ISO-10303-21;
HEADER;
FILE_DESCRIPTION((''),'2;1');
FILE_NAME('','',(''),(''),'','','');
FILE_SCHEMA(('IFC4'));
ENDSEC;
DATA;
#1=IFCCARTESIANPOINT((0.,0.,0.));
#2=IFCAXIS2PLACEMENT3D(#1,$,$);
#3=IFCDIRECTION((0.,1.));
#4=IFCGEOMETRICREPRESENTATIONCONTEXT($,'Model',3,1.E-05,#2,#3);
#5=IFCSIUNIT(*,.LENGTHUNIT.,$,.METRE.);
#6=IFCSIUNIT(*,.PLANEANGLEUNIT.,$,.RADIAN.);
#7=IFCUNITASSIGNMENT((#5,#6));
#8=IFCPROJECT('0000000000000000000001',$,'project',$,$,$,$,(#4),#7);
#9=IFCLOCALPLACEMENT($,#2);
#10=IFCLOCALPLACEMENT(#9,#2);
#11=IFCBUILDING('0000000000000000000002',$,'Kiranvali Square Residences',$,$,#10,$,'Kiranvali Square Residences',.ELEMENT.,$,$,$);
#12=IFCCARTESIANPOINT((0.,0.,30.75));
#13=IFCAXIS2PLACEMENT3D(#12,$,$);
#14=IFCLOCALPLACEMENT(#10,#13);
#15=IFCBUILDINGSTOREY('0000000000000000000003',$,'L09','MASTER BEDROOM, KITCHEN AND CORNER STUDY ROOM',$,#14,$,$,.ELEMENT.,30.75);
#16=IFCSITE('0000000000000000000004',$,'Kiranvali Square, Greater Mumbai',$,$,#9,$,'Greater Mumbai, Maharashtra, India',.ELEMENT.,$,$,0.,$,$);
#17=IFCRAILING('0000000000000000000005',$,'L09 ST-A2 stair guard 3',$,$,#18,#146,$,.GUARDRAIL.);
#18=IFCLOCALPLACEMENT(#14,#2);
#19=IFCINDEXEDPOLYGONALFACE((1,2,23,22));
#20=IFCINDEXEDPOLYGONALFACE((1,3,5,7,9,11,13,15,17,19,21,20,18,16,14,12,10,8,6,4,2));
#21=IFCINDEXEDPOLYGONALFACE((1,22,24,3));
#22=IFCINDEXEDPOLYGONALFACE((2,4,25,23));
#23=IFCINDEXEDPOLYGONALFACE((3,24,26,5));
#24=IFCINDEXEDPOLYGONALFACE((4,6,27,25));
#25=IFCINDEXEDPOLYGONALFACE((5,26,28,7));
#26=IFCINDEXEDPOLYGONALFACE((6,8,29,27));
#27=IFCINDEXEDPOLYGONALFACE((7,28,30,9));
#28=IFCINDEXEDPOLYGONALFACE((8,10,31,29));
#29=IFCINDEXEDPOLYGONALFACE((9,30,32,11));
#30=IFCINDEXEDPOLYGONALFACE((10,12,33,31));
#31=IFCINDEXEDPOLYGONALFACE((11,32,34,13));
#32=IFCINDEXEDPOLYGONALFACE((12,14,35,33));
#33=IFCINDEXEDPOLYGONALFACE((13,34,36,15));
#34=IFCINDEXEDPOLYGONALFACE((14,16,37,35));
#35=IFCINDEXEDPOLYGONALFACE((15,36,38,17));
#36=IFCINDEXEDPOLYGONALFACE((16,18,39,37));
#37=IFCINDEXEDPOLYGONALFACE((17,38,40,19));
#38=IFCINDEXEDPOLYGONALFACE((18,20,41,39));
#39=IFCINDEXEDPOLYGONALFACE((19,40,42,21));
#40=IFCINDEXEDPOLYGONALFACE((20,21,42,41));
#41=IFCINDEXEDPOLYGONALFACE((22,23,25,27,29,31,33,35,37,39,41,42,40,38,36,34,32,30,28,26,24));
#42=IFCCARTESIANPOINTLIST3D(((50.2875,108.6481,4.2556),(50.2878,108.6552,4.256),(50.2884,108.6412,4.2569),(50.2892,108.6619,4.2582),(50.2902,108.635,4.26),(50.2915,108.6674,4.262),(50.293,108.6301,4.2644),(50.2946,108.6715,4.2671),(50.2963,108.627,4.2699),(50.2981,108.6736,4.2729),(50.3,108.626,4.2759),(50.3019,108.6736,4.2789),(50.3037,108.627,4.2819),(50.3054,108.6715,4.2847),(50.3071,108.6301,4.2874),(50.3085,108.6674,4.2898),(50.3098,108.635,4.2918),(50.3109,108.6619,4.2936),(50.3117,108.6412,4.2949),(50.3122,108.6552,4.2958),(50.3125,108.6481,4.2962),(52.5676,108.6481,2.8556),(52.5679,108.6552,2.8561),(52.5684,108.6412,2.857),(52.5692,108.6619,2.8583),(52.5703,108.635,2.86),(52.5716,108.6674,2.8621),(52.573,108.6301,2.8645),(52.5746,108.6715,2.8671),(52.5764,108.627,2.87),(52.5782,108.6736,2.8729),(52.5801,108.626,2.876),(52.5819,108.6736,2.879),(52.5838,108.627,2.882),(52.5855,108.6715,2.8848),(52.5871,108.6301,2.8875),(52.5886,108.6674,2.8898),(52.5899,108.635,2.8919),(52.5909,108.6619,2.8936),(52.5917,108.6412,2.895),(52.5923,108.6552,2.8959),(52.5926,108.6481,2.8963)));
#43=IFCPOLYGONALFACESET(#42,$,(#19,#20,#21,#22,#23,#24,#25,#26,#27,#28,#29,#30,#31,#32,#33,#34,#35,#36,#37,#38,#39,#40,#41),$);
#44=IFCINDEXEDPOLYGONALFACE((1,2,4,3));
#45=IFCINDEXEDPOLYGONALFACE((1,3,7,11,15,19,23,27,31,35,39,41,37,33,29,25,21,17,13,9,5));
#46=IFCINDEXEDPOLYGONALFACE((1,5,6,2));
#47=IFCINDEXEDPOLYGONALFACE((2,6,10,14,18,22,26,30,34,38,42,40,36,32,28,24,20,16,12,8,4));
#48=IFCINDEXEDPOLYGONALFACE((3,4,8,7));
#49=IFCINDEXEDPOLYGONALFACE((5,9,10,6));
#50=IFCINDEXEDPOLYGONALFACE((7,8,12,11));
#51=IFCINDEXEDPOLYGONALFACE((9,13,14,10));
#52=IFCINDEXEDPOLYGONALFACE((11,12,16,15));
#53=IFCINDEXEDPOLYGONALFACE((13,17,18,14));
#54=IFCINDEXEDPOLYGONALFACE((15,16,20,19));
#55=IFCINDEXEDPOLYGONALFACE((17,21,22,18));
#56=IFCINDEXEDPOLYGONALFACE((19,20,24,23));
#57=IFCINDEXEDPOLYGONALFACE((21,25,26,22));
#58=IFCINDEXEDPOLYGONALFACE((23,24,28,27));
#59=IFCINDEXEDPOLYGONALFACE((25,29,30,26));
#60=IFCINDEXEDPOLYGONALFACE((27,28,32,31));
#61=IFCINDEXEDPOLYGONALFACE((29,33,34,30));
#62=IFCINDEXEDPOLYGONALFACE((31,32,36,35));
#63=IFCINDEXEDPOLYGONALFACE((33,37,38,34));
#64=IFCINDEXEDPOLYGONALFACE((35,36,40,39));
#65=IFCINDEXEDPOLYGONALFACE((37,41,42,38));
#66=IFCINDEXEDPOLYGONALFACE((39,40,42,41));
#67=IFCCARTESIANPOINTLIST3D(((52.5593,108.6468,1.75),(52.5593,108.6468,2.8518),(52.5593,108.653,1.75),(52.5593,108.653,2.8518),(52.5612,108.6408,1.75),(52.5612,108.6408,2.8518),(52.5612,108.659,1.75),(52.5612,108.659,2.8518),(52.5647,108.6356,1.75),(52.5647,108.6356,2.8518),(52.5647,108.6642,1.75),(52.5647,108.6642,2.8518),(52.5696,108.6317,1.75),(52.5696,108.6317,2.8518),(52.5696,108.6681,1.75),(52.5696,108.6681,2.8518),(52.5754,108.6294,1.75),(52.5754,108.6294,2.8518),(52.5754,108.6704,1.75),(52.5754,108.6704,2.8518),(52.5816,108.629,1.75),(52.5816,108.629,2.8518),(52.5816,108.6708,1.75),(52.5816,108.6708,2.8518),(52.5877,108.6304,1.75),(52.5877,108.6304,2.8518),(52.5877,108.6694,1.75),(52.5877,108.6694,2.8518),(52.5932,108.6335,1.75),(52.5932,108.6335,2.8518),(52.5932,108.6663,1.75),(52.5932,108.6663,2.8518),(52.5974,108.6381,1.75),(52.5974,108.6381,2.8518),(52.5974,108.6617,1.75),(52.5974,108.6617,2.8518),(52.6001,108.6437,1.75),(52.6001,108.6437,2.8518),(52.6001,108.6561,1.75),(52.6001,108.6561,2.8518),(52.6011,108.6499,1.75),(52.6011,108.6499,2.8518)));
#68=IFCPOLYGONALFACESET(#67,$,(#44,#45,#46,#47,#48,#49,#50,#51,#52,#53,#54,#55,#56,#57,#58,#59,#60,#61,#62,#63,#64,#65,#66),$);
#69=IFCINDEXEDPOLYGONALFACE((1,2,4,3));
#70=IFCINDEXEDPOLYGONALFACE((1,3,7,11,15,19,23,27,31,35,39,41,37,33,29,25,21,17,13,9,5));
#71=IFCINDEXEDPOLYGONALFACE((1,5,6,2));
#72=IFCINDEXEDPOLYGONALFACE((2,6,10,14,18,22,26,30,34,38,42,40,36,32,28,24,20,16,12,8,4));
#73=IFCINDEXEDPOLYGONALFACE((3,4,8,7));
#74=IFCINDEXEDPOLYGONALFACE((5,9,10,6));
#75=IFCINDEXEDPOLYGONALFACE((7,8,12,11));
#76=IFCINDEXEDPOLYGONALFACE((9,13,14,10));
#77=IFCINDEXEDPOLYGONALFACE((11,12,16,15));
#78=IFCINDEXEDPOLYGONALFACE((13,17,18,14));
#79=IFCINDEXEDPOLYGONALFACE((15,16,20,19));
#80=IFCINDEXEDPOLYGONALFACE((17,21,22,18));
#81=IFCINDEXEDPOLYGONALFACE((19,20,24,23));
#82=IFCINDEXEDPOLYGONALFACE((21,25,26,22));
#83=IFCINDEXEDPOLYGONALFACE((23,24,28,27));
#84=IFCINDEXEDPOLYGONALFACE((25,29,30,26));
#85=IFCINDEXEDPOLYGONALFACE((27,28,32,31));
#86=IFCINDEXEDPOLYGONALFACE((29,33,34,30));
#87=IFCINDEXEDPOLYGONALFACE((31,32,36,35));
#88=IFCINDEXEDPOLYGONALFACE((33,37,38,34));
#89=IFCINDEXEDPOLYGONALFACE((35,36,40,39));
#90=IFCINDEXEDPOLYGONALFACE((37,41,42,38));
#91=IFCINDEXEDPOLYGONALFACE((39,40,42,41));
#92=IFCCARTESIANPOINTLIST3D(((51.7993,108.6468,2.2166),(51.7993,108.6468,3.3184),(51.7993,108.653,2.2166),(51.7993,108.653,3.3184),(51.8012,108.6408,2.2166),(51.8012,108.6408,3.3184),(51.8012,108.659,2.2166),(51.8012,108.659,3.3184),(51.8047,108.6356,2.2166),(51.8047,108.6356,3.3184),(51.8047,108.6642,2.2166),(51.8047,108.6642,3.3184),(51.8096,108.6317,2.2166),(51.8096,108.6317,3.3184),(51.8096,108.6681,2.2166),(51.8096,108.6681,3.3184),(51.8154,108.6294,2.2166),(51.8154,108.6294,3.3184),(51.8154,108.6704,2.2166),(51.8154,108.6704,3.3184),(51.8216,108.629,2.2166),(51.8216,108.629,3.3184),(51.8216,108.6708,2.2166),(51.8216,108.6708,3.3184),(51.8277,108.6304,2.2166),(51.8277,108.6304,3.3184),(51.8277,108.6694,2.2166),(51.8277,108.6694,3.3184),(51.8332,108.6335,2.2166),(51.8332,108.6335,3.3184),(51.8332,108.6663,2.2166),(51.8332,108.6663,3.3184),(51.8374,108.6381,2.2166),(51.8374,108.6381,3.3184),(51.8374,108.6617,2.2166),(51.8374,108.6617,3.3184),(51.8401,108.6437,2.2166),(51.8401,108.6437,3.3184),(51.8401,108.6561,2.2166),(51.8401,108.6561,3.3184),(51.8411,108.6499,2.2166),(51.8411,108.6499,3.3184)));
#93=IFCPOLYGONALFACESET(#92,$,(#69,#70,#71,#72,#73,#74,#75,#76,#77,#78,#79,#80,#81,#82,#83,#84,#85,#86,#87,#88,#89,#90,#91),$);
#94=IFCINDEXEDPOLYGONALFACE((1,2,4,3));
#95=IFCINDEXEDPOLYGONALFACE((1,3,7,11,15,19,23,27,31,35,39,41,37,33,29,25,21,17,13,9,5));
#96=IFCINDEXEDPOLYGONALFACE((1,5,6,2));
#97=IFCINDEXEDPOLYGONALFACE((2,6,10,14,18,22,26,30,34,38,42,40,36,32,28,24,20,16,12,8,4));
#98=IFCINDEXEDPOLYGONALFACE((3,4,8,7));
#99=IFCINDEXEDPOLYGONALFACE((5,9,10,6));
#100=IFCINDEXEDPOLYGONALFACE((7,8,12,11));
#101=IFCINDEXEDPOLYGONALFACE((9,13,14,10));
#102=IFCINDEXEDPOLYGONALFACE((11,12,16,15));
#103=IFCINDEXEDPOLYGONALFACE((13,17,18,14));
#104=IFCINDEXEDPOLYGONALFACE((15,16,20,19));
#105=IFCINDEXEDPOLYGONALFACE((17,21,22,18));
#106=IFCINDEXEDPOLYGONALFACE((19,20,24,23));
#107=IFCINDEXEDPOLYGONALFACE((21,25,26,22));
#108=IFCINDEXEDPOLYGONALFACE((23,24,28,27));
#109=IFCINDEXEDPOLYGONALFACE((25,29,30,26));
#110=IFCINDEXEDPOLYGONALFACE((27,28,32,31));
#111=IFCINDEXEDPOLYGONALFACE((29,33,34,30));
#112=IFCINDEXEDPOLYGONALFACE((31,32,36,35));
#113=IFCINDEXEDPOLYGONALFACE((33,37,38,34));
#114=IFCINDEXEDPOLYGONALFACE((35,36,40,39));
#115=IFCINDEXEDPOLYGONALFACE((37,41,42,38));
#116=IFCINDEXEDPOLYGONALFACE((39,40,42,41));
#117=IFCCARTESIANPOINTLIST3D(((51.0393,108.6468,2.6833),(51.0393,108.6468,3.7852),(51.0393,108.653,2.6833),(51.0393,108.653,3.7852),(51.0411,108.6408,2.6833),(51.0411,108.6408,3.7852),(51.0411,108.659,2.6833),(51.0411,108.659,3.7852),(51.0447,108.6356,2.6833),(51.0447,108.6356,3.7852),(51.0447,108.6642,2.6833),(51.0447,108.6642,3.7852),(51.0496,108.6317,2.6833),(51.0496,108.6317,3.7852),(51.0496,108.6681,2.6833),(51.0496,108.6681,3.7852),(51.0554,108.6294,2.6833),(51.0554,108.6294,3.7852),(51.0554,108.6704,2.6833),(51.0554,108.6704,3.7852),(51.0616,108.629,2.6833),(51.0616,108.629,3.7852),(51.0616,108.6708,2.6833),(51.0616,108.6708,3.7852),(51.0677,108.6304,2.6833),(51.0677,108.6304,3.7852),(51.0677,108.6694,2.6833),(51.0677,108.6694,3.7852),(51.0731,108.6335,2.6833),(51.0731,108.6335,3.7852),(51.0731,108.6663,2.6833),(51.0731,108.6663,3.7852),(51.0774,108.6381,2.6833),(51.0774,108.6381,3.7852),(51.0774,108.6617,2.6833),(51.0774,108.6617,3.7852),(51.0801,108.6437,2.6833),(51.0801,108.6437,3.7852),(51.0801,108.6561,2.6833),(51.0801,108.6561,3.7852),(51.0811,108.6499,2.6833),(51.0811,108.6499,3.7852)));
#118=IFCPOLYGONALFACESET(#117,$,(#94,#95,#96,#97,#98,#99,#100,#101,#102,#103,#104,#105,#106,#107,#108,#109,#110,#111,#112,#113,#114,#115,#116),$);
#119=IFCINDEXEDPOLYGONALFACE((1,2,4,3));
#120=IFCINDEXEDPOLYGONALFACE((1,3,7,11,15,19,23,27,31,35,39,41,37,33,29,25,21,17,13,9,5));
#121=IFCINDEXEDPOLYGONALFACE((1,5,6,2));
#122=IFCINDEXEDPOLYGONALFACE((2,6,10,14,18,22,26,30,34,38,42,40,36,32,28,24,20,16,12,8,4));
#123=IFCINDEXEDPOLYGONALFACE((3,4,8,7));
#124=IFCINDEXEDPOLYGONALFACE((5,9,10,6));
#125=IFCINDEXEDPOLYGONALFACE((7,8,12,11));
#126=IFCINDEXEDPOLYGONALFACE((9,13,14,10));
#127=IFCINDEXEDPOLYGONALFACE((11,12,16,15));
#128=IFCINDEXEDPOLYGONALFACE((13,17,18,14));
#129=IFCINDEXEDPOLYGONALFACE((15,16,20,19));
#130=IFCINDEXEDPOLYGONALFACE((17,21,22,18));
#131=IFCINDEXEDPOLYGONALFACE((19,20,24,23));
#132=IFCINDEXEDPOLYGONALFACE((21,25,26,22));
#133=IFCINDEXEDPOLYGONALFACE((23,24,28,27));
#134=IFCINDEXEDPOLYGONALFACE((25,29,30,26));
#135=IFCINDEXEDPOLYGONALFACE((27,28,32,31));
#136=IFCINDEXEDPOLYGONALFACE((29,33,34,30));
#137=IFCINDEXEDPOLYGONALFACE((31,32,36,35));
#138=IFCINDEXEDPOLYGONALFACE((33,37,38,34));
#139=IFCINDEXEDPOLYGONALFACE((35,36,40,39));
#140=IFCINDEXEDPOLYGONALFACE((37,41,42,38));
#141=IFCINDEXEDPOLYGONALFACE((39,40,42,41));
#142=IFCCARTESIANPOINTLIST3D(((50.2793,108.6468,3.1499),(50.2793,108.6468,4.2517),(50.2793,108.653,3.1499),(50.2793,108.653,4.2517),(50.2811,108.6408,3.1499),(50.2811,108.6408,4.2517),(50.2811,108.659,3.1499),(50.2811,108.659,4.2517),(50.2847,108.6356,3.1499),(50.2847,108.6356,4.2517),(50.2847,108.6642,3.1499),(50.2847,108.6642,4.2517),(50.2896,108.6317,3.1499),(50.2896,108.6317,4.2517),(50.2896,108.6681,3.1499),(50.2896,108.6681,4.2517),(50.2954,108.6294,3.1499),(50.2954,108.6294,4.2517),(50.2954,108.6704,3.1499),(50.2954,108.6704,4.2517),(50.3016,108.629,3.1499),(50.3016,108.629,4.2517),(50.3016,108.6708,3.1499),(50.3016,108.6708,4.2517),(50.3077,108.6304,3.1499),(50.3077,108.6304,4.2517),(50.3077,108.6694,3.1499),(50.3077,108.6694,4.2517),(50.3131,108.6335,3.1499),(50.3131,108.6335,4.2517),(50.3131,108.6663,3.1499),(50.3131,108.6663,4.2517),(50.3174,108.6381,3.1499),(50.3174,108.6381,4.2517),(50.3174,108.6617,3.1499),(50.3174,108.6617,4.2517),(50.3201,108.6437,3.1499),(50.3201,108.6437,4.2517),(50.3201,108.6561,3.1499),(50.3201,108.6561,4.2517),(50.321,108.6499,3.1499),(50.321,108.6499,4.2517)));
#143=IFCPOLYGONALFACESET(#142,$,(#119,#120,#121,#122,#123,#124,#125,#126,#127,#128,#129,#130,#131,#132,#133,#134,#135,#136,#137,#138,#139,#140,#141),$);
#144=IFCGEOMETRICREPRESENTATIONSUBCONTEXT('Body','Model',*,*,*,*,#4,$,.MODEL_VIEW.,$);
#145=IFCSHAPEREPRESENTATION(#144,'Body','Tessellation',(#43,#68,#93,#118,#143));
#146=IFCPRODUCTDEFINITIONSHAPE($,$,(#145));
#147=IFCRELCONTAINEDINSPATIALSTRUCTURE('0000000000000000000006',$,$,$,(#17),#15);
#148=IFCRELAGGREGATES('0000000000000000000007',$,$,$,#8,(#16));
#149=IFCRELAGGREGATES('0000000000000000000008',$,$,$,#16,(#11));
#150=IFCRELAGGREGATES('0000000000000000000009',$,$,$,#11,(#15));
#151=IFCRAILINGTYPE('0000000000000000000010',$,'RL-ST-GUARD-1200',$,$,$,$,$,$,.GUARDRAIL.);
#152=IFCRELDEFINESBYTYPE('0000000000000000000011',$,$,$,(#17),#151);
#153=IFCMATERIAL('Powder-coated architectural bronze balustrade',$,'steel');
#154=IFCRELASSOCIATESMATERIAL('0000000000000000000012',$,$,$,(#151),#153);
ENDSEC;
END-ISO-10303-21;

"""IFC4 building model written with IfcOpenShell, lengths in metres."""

from ifc_helpers import new_model, si_unit, direction, frame, origin, origin_2d, place, context, subcontext, project, spatial, circle, extrude, material, type_object, element, save


model = new_model("IFC4")

# Units and contexts
model_context = context("Model", 3, precision=1e-05, world=origin(), true_north=direction((0.0, 1.0)))
body_context = subcontext(model_context, "Body", "Model", "MODEL_VIEW")
ifc_project = project(units=[si_unit("LENGTHUNIT", "METRE"), si_unit("PLANEANGLEUNIT", "RADIAN")], contexts=[model_context])

# Site, building, storey
site_placement = place(None, origin())
site = spatial("IfcSite", under=ifc_project, at=site_placement, Name="Kiranvali Square, Greater Mumbai", LongName="Greater Mumbai, Maharashtra, India", CompositionType="ELEMENT", RefElevation=0.0)
building_placement = place(site_placement, origin())
building = spatial("IfcBuilding", under=site, at=building_placement, Name="Kiranvali Square Residences", LongName="Kiranvali Square Residences", CompositionType="ELEMENT")
storey_placement = place(building_placement, frame((0.0, 0.0, 30.75)))
storey = spatial("IfcBuildingStorey", under=building, at=storey_placement, Name="L09", Description="MASTER BEDROOM, KITCHEN AND CORNER STUDY ROOM", CompositionType="ELEMENT", Elevation=30.75)

# Railing
ifc_material_1 = material(Name="Powder-coated architectural bronze balustrade", Category="steel")
railing_type_1 = type_object("IfcRailingType", Name="RL-ST-GUARD-1200", PredefinedType="GUARDRAIL", material=ifc_material_1)
railing_1_placement = place(storey_placement, frame((52.5801, 108.6499, 1.75)))
element("IfcRailing", 1, at=railing_1_placement, inside=storey, type_object=railing_type_1, Name="L09 ST-A2 stair guard 3", PredefinedType="GUARDRAIL", context=body_context, shape_type="SweptSolid", body=[
    extrude(circle(Radius=0.0239, at=origin_2d()), frame((0.0, 0.0, 1.126), z_axis=(-0.85219, 0.0, 0.523232), x_axis=(0.0, -1.0, 0.0)), (0.0, 0.0, 1.0), 2.6755),
    extrude(circle(Radius=0.021, at=origin_2d()), origin(), (0.0, 0.0, 1.0), 1.1018),
    extrude(circle(Radius=0.021, at=origin_2d()), frame((-0.76, 0.0, 0.4666)), (0.0, 0.0, 1.0), 1.1018),
    extrude(circle(Radius=0.021, at=origin_2d()), frame((-1.52, 0.0, 0.9333)), (0.0, 0.0, 1.0), 1.1018),
    extrude(circle(Radius=0.021, at=origin_2d()), frame((-2.28, 0.0, 1.3999)), (0.0, 0.0, 1.0), 1.1018),
])

save(model, "model.ifc")
